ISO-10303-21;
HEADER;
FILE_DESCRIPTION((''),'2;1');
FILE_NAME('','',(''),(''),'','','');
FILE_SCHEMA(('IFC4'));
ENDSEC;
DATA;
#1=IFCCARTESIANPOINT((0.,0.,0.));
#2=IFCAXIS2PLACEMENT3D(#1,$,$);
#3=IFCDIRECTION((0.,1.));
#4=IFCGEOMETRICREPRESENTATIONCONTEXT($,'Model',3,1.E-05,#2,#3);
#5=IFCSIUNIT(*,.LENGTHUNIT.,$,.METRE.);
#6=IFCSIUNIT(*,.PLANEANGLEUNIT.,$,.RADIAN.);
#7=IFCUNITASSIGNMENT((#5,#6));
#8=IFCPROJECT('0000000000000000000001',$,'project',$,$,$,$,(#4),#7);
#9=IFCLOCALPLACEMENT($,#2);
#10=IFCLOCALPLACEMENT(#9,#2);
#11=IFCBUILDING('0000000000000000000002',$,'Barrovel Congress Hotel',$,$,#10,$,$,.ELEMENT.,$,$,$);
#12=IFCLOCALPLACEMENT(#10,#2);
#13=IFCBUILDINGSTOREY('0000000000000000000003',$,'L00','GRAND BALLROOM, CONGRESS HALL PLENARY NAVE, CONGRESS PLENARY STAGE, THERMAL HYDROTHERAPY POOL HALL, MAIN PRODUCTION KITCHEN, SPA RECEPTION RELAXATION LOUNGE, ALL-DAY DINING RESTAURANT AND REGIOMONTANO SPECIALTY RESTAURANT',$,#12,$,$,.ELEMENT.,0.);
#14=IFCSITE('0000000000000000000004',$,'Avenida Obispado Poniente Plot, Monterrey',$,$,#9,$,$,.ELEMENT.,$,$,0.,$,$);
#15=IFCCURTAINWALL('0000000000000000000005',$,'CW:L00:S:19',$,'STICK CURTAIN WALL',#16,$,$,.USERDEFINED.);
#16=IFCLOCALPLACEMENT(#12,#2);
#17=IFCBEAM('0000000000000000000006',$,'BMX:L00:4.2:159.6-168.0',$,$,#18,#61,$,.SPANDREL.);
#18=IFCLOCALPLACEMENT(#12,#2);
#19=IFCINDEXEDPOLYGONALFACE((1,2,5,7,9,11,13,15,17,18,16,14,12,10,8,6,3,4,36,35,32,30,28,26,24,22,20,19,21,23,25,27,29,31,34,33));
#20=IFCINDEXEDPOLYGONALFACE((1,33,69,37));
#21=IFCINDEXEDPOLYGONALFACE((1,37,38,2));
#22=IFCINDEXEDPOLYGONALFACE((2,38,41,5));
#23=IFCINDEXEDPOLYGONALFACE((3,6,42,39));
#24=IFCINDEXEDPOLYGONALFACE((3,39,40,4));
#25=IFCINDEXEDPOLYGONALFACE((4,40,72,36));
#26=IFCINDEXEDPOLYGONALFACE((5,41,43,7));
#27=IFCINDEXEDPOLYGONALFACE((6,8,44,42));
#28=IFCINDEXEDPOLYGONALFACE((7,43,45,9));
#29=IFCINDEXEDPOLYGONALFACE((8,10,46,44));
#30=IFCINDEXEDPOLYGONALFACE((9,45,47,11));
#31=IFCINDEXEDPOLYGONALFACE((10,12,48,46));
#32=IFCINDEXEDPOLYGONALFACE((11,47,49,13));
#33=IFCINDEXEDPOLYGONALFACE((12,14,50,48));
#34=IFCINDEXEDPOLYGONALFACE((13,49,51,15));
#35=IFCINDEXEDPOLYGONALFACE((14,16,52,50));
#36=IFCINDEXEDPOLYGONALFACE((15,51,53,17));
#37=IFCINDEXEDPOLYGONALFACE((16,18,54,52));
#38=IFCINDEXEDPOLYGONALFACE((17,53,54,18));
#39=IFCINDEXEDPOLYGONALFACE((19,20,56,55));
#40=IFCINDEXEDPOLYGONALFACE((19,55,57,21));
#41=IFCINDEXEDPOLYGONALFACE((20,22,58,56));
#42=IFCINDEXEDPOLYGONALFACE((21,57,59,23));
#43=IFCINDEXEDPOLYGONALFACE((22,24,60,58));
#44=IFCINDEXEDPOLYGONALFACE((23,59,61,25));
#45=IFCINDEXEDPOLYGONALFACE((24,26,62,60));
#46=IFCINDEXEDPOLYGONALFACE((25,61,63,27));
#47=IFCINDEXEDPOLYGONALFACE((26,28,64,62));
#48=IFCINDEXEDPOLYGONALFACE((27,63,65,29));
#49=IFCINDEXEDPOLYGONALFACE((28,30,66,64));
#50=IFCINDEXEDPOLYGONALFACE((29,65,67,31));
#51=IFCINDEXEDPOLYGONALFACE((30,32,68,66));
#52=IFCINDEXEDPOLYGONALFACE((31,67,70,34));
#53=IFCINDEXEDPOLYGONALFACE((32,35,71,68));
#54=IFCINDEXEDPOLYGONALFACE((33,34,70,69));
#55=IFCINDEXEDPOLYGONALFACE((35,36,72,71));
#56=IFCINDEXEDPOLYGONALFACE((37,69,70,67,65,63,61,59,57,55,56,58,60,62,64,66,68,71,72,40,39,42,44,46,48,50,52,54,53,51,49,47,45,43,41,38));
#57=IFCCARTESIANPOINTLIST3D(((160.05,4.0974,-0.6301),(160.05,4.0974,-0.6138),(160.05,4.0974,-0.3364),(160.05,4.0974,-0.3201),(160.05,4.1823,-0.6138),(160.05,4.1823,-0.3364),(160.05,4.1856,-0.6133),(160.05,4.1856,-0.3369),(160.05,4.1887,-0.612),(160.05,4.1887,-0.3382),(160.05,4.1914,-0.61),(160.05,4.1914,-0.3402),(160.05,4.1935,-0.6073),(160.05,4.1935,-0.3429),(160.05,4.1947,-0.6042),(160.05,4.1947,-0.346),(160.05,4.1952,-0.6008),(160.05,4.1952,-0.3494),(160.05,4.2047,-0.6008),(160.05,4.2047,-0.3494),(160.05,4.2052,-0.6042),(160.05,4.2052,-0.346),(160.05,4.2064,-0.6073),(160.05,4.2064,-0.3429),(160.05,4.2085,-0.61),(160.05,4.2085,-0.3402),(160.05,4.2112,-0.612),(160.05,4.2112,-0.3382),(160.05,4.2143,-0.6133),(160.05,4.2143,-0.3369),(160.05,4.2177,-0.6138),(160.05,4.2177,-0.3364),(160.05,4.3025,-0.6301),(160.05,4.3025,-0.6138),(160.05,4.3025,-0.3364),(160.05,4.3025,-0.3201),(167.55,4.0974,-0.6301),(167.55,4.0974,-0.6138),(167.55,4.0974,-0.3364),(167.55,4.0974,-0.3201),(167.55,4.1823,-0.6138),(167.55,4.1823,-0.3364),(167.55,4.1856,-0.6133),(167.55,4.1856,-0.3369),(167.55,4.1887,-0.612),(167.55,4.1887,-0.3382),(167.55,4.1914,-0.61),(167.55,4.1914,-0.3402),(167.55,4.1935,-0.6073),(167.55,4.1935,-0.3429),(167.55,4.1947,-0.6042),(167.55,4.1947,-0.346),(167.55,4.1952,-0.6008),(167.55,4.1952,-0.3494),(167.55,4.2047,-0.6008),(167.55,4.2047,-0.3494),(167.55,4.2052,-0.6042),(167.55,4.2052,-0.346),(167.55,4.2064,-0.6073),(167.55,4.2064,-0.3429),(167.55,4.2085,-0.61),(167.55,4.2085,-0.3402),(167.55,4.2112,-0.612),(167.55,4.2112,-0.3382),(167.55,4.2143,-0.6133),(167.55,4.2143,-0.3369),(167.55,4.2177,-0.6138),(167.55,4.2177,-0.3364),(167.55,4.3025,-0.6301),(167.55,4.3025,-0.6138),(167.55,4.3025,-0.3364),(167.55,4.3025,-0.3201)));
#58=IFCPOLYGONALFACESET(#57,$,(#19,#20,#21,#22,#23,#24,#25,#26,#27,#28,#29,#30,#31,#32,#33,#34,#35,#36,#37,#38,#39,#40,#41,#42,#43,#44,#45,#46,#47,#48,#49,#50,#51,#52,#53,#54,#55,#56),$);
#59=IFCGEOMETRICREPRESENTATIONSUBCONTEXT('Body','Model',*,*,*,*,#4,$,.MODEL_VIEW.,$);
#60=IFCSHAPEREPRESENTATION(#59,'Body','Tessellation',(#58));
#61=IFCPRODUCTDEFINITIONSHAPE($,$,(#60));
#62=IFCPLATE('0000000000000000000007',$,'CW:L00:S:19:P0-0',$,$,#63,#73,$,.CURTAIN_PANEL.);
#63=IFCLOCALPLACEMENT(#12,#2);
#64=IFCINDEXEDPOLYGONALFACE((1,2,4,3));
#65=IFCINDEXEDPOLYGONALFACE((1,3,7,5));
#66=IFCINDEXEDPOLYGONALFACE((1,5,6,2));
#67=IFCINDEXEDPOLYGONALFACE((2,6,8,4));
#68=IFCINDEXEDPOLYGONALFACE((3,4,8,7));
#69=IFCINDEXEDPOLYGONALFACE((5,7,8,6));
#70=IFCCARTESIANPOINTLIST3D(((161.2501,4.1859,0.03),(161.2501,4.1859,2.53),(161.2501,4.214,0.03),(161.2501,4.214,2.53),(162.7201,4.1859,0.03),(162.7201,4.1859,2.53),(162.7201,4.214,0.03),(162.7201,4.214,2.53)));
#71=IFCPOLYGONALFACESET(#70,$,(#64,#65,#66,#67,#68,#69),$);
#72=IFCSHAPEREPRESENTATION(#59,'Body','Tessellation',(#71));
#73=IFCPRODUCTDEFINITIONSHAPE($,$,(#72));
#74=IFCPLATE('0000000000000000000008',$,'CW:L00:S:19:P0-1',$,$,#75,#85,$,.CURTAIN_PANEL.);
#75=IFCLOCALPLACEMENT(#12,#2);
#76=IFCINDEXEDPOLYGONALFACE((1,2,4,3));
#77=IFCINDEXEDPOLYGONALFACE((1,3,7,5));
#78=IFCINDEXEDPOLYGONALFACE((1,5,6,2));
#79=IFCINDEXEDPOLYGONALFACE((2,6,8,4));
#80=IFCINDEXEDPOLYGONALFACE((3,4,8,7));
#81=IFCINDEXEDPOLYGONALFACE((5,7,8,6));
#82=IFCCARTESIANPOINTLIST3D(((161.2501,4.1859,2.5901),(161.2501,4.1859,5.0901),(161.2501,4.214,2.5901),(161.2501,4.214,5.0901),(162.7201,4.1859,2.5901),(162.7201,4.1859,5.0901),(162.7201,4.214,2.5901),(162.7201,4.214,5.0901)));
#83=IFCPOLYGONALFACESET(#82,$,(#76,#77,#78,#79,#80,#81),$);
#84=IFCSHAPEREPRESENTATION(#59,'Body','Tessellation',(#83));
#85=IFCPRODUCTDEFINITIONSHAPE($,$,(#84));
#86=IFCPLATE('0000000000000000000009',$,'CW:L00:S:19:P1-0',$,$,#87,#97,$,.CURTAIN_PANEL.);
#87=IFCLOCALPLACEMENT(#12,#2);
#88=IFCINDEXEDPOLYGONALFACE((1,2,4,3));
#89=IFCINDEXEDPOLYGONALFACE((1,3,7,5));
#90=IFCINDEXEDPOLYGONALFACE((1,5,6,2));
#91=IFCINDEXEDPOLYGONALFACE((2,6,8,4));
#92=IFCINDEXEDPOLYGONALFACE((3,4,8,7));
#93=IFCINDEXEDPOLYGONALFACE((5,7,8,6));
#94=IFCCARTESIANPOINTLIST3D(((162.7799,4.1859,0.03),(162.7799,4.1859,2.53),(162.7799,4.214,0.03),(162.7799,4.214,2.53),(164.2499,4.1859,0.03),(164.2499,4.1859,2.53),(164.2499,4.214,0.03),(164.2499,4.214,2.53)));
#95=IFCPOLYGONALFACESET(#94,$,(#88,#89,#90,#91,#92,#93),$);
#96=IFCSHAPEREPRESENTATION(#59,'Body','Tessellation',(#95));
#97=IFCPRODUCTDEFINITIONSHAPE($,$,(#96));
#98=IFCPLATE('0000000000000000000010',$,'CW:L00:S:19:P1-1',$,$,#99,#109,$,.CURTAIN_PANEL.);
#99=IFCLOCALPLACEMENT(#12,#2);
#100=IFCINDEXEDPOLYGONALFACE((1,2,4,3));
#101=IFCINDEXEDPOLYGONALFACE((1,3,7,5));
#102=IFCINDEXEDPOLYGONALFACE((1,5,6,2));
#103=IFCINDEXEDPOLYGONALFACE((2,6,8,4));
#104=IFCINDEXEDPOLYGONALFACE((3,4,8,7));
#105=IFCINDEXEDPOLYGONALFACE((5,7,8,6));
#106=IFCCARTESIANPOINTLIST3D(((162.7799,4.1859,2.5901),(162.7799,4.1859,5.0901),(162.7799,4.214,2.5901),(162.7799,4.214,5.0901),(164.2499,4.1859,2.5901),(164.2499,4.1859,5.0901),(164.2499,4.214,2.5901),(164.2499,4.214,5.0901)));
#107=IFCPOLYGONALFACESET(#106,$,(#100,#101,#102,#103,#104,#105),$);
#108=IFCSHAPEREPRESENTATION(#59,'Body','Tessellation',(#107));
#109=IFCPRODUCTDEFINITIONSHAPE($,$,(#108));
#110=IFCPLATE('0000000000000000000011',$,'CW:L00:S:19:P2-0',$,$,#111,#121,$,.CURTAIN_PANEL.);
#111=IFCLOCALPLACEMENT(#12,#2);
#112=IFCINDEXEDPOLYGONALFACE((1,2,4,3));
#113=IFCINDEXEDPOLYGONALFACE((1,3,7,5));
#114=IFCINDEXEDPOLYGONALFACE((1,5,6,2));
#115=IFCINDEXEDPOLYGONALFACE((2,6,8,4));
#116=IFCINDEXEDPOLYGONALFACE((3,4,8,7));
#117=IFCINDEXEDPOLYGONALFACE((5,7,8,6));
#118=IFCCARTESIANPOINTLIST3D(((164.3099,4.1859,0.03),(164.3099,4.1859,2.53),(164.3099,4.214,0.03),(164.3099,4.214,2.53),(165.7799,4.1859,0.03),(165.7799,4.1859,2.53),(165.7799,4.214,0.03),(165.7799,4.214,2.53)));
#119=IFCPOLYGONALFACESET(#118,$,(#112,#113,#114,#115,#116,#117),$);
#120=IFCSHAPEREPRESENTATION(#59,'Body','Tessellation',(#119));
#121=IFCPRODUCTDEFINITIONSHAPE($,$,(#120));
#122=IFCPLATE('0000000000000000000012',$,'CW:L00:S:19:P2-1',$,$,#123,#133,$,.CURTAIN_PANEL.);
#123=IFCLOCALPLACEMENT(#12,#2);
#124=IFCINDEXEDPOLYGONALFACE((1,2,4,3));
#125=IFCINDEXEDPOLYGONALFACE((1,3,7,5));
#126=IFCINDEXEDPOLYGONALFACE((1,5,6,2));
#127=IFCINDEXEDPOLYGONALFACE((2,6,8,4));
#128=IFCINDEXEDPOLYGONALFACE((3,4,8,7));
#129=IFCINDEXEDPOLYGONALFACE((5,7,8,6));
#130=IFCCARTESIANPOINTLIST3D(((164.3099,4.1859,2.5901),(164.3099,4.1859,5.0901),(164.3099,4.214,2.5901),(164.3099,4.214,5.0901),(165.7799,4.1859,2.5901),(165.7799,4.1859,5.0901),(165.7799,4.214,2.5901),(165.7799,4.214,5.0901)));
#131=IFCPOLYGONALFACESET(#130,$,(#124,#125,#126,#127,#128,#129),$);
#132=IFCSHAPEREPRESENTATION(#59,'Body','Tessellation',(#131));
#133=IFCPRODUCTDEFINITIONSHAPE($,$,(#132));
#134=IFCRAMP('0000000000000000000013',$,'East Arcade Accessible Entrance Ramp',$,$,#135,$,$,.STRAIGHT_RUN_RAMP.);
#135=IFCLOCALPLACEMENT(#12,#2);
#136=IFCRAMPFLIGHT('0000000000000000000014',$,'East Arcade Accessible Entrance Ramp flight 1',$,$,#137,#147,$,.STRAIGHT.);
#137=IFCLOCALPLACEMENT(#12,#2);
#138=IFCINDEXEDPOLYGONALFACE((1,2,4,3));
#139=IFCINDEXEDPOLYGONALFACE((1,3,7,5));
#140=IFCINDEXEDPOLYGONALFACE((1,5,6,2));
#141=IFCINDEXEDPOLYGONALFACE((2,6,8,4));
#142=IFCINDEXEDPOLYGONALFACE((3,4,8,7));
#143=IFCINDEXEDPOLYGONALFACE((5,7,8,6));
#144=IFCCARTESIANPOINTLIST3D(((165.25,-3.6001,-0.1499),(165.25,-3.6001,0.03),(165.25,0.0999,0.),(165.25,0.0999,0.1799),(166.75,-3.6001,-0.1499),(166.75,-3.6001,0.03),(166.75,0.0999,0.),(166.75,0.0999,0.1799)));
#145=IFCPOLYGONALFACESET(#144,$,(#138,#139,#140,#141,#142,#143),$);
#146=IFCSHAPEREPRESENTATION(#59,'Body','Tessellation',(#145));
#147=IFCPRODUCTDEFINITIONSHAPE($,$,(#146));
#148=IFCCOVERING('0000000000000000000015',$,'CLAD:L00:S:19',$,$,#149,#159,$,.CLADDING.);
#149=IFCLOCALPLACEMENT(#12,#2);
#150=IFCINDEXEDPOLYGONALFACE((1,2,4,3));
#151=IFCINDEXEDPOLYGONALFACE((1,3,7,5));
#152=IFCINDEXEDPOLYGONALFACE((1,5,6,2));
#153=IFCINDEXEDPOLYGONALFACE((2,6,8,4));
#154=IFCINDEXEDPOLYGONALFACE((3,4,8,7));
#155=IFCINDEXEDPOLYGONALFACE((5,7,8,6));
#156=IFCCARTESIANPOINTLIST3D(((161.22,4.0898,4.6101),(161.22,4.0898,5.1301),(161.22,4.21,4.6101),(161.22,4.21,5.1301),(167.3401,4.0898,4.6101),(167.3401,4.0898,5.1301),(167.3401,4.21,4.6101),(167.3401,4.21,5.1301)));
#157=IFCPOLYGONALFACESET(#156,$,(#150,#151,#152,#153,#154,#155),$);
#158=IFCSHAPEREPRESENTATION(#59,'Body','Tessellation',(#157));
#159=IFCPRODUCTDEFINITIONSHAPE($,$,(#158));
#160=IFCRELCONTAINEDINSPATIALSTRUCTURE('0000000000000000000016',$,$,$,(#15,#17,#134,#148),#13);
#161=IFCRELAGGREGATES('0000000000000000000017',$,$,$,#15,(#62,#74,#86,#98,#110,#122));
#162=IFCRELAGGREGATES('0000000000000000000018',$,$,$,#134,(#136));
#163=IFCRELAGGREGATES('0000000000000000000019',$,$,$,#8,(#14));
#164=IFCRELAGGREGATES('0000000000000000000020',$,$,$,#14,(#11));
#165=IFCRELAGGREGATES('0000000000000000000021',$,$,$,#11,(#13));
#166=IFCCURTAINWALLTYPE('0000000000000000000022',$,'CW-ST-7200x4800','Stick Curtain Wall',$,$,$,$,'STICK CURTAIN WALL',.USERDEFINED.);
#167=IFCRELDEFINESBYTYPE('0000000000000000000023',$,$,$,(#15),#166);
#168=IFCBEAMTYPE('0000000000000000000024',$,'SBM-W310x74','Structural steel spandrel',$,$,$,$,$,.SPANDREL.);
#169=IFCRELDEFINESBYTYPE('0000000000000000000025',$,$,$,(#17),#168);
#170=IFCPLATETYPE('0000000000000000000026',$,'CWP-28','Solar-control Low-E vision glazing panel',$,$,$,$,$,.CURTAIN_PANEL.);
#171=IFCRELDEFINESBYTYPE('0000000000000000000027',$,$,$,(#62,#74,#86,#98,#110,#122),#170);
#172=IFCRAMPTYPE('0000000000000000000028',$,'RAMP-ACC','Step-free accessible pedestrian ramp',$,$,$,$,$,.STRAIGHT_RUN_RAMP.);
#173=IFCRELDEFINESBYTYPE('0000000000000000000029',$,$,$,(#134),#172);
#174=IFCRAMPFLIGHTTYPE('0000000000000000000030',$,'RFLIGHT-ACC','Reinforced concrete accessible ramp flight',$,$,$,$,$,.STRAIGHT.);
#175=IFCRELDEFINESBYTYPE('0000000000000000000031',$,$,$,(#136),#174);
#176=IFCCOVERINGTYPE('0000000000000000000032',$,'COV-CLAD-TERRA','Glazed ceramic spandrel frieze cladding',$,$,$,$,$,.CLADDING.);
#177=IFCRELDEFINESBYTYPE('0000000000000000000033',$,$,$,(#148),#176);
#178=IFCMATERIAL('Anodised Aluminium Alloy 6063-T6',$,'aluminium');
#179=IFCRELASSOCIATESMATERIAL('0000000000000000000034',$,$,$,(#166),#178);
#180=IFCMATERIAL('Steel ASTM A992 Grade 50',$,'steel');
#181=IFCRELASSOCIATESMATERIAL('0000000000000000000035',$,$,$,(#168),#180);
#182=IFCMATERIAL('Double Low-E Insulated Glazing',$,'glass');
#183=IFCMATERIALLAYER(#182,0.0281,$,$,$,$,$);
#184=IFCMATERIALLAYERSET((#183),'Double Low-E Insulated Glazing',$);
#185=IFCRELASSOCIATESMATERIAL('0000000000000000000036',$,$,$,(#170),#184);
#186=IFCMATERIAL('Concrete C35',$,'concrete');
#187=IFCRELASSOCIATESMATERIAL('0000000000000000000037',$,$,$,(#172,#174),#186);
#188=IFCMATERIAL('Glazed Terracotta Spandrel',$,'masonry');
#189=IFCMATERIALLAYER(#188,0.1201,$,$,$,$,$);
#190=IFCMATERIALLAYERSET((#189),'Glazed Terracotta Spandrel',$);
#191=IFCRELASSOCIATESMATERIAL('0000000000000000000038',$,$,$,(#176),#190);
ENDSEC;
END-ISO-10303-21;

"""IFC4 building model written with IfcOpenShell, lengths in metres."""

from ifc_helpers import new_model, si_unit, direction, frame, origin, origin_2d, place, context, subcontext, project, spatial, polyline, rectangle, i_section, outline, extrude, material, layer, layer_set, material_profile, profile_set, type_object, element, aggregate, save


model = new_model("IFC4")

# Units and contexts
model_context = context("Model", 3, precision=1e-05, world=origin(), true_north=direction((0.0, 1.0)))
body_context = subcontext(model_context, "Body", "Model", "MODEL_VIEW")
ifc_project = project(units=[si_unit("LENGTHUNIT", "METRE"), si_unit("PLANEANGLEUNIT", "RADIAN")], contexts=[model_context])

# Site, building, storey
site_placement = place(None, origin())
site = spatial("IfcSite", under=ifc_project, at=site_placement, Name="Avenida Obispado Poniente Plot, Monterrey", CompositionType="ELEMENT", RefElevation=0.0)
building_placement = place(site_placement, origin())
building = spatial("IfcBuilding", under=site, at=building_placement, Name="Barrovel Congress Hotel", CompositionType="ELEMENT")
storey_placement = place(building_placement, origin())
storey = spatial("IfcBuildingStorey", under=building, at=storey_placement, Name="L00", Description="GRAND BALLROOM, CONGRESS HALL PLENARY NAVE, CONGRESS PLENARY STAGE, THERMAL HYDROTHERAPY POOL HALL, MAIN PRODUCTION KITCHEN, SPA RECEPTION RELAXATION LOUNGE, ALL-DAY DINING RESTAURANT AND REGIOMONTANO SPECIALTY RESTAURANT", CompositionType="ELEMENT", Elevation=0.0)

# Curtain wall
ifc_material_1 = material(Name="Anodised Aluminium Alloy 6063-T6", Category="aluminium")
curtain_wall_type = type_object("IfcCurtainWallType", Name="CW-ST-7200x4800", Description="Stick Curtain Wall", ElementType="STICK CURTAIN WALL", PredefinedType="USERDEFINED", material=ifc_material_1)
curtain_wall_placement = place(storey_placement, origin())
curtain_wall = element("IfcCurtainWall", 1, at=curtain_wall_placement, inside=storey, type_object=curtain_wall_type, Name="CW:L00:S:19", ObjectType="STICK CURTAIN WALL", PredefinedType="USERDEFINED")

# Beam
ifc_material_2 = material(Name="Steel ASTM A992 Grade 50", Category="steel")
ifc_material_profile_1 = material_profile(ifc_material_2, i_section(OverallWidth=0.2051, OverallDepth=0.3101, WebThickness=0.0095, FlangeThickness=0.0164, FilletRadius=0.0129, at=origin_2d()), Name="W310x74")
ifc_profile_set_1 = profile_set([ifc_material_profile_1], Name="Steel ASTM A992 Grade 50")
beam_type_1 = type_object("IfcBeamType", Name="SBM-W310x74", Description="Structural steel spandrel", PredefinedType="SPANDREL", material=ifc_profile_set_1)
beam_1_placement = place(storey_placement, frame((160.05, 4.2, -0.4751), z_axis=(1.0, 0.0, 0.0), x_axis=(0.0, 1.0, 0.0)))
element("IfcBeam", 2, at=beam_1_placement, inside=storey, type_object=beam_type_1, Name="BMX:L00:4.2:159.6-168.0", PredefinedType="SPANDREL", context=body_context, shape_type="SweptSolid", body=[
    extrude(i_section(OverallWidth=0.2051, OverallDepth=0.3101, WebThickness=0.0095, FlangeThickness=0.0164, FilletRadius=0.0129, at=origin_2d()), origin(), (0.0, 0.0, 1.0), 7.5),
])

# Plates
ifc_material_3 = material(Name="Double Low-E Insulated Glazing", Category="glass")
ifc_layer_1 = layer(ifc_material_3, 0.0281)
ifc_layer_set_1 = layer_set([ifc_layer_1], Name="Double Low-E Insulated Glazing")
plate_type = type_object("IfcPlateType", Name="CWP-28", Description="Solar-control Low-E vision glazing panel", PredefinedType="CURTAIN_PANEL", material=ifc_layer_set_1)
plate_1_placement = place(storey_placement, frame((161.9851, 4.2, 0.03), z_axis=(0.0, 0.0, 1.0), x_axis=(1.0, 0.0, 0.0)))
plate_1 = element("IfcPlate", 3, at=plate_1_placement, type_object=plate_type, Name="CW:L00:S:19:P0-0", PredefinedType="CURTAIN_PANEL", context=body_context, shape_type="SweptSolid", body=[
    extrude(rectangle(XDim=1.47, YDim=0.0281, at=origin_2d()), origin(), (0.0, 0.0, 1.0), 2.5),
])
plate_2_placement = place(storey_placement, frame((161.9851, 4.2, 2.5901), z_axis=(0.0, 0.0, 1.0), x_axis=(1.0, 0.0, 0.0)))
plate_2 = element("IfcPlate", 4, at=plate_2_placement, type_object=plate_type, Name="CW:L00:S:19:P0-1", PredefinedType="CURTAIN_PANEL", context=body_context, shape_type="SweptSolid", body=[
    extrude(rectangle(XDim=1.47, YDim=0.0281, at=origin_2d()), origin(), (0.0, 0.0, 1.0), 2.5),
])
plate_3_placement = place(storey_placement, frame((163.5149, 4.2, 0.03), z_axis=(0.0, 0.0, 1.0), x_axis=(1.0, 0.0, 0.0)))
plate_3 = element("IfcPlate", 5, at=plate_3_placement, type_object=plate_type, Name="CW:L00:S:19:P1-0", PredefinedType="CURTAIN_PANEL", context=body_context, shape_type="SweptSolid", body=[
    extrude(rectangle(XDim=1.47, YDim=0.0281, at=origin_2d()), origin(), (0.0, 0.0, 1.0), 2.5),
])
plate_4_placement = place(storey_placement, frame((163.5149, 4.2, 2.5901), z_axis=(0.0, 0.0, 1.0), x_axis=(1.0, 0.0, 0.0)))
plate_4 = element("IfcPlate", 6, at=plate_4_placement, type_object=plate_type, Name="CW:L00:S:19:P1-1", PredefinedType="CURTAIN_PANEL", context=body_context, shape_type="SweptSolid", body=[
    extrude(rectangle(XDim=1.47, YDim=0.0281, at=origin_2d()), origin(), (0.0, 0.0, 1.0), 2.5),
])
plate_5_placement = place(storey_placement, frame((165.0449, 4.2, 0.03), z_axis=(0.0, 0.0, 1.0), x_axis=(1.0, 0.0, 0.0)))
plate_5 = element("IfcPlate", 7, at=plate_5_placement, type_object=plate_type, Name="CW:L00:S:19:P2-0", PredefinedType="CURTAIN_PANEL", context=body_context, shape_type="SweptSolid", body=[
    extrude(rectangle(XDim=1.47, YDim=0.0281, at=origin_2d()), origin(), (0.0, 0.0, 1.0), 2.5),
])
plate_6_placement = place(storey_placement, frame((165.0449, 4.2, 2.5901), z_axis=(0.0, 0.0, 1.0), x_axis=(1.0, 0.0, 0.0)))
plate_6 = element("IfcPlate", 8, at=plate_6_placement, type_object=plate_type, Name="CW:L00:S:19:P2-1", PredefinedType="CURTAIN_PANEL", context=body_context, shape_type="SweptSolid", body=[
    extrude(rectangle(XDim=1.47, YDim=0.0281, at=origin_2d()), origin(), (0.0, 0.0, 1.0), 2.5),
])
aggregate(curtain_wall, [plate_1, plate_2, plate_3, plate_4, plate_5, plate_6])

# Ramp, ramp flight
ifc_material_4 = material(Name="Concrete C35", Category="concrete")
ramp_type = type_object("IfcRampType", Name="RAMP-ACC", Description="Step-free accessible pedestrian ramp", PredefinedType="STRAIGHT_RUN_RAMP", material=ifc_material_4)
ramp_placement = place(storey_placement, origin())
ramp = element("IfcRamp", 9, at=ramp_placement, inside=storey, type_object=ramp_type, Name="East Arcade Accessible Entrance Ramp", PredefinedType="STRAIGHT_RUN_RAMP")
ramp_flight_type = type_object("IfcRampFlightType", Name="RFLIGHT-ACC", Description="Reinforced concrete accessible ramp flight", PredefinedType="STRAIGHT", material=ifc_material_4)
ramp_flight_placement = place(storey_placement, frame((166.0, -3.6001, -0.1499), z_axis=(0.0, 0.0, 1.0), x_axis=(0.0, 1.0, 0.0)))
ramp_flight = element("IfcRampFlight", 10, at=ramp_flight_placement, type_object=ramp_flight_type, Name="East Arcade Accessible Entrance Ramp flight 1", PredefinedType="STRAIGHT", context=body_context, shape_type="SweptSolid", body=[
    extrude(outline(polyline([(0.0, 0.0), (0.0, 0.1799), (3.7, 0.3298), (3.7, 0.1499), (0.0, 0.0)])), frame((0.0, 0.75, 0.0), z_axis=(0.0, -1.0, 0.0), x_axis=(1.0, 0.0, 0.0)), (0.0, 0.0, 1.0), 1.5),
])
aggregate(ramp, [ramp_flight])

# Covering
ifc_material_5 = material(Name="Glazed Terracotta Spandrel", Category="masonry")
ifc_layer_2 = layer(ifc_material_5, 0.1201)
ifc_layer_set_2 = layer_set([ifc_layer_2], Name="Glazed Terracotta Spandrel")
covering_type = type_object("IfcCoveringType", Name="COV-CLAD-TERRA", Description="Glazed ceramic spandrel frieze cladding", PredefinedType="CLADDING", material=ifc_layer_set_2)
covering_placement = place(storey_placement, frame((164.28, 4.1499, 4.6101), z_axis=(0.0, 0.0, 1.0), x_axis=(1.0, 0.0, 0.0)))
element("IfcCovering", 11, at=covering_placement, inside=storey, type_object=covering_type, Name="CLAD:L00:S:19", PredefinedType="CLADDING", context=body_context, shape_type="SweptSolid", body=[
    extrude(rectangle(XDim=6.1201, YDim=0.1201, at=origin_2d()), origin(), (0.0, 0.0, 1.0), 0.52),
])

save(model, "model.ifc")
